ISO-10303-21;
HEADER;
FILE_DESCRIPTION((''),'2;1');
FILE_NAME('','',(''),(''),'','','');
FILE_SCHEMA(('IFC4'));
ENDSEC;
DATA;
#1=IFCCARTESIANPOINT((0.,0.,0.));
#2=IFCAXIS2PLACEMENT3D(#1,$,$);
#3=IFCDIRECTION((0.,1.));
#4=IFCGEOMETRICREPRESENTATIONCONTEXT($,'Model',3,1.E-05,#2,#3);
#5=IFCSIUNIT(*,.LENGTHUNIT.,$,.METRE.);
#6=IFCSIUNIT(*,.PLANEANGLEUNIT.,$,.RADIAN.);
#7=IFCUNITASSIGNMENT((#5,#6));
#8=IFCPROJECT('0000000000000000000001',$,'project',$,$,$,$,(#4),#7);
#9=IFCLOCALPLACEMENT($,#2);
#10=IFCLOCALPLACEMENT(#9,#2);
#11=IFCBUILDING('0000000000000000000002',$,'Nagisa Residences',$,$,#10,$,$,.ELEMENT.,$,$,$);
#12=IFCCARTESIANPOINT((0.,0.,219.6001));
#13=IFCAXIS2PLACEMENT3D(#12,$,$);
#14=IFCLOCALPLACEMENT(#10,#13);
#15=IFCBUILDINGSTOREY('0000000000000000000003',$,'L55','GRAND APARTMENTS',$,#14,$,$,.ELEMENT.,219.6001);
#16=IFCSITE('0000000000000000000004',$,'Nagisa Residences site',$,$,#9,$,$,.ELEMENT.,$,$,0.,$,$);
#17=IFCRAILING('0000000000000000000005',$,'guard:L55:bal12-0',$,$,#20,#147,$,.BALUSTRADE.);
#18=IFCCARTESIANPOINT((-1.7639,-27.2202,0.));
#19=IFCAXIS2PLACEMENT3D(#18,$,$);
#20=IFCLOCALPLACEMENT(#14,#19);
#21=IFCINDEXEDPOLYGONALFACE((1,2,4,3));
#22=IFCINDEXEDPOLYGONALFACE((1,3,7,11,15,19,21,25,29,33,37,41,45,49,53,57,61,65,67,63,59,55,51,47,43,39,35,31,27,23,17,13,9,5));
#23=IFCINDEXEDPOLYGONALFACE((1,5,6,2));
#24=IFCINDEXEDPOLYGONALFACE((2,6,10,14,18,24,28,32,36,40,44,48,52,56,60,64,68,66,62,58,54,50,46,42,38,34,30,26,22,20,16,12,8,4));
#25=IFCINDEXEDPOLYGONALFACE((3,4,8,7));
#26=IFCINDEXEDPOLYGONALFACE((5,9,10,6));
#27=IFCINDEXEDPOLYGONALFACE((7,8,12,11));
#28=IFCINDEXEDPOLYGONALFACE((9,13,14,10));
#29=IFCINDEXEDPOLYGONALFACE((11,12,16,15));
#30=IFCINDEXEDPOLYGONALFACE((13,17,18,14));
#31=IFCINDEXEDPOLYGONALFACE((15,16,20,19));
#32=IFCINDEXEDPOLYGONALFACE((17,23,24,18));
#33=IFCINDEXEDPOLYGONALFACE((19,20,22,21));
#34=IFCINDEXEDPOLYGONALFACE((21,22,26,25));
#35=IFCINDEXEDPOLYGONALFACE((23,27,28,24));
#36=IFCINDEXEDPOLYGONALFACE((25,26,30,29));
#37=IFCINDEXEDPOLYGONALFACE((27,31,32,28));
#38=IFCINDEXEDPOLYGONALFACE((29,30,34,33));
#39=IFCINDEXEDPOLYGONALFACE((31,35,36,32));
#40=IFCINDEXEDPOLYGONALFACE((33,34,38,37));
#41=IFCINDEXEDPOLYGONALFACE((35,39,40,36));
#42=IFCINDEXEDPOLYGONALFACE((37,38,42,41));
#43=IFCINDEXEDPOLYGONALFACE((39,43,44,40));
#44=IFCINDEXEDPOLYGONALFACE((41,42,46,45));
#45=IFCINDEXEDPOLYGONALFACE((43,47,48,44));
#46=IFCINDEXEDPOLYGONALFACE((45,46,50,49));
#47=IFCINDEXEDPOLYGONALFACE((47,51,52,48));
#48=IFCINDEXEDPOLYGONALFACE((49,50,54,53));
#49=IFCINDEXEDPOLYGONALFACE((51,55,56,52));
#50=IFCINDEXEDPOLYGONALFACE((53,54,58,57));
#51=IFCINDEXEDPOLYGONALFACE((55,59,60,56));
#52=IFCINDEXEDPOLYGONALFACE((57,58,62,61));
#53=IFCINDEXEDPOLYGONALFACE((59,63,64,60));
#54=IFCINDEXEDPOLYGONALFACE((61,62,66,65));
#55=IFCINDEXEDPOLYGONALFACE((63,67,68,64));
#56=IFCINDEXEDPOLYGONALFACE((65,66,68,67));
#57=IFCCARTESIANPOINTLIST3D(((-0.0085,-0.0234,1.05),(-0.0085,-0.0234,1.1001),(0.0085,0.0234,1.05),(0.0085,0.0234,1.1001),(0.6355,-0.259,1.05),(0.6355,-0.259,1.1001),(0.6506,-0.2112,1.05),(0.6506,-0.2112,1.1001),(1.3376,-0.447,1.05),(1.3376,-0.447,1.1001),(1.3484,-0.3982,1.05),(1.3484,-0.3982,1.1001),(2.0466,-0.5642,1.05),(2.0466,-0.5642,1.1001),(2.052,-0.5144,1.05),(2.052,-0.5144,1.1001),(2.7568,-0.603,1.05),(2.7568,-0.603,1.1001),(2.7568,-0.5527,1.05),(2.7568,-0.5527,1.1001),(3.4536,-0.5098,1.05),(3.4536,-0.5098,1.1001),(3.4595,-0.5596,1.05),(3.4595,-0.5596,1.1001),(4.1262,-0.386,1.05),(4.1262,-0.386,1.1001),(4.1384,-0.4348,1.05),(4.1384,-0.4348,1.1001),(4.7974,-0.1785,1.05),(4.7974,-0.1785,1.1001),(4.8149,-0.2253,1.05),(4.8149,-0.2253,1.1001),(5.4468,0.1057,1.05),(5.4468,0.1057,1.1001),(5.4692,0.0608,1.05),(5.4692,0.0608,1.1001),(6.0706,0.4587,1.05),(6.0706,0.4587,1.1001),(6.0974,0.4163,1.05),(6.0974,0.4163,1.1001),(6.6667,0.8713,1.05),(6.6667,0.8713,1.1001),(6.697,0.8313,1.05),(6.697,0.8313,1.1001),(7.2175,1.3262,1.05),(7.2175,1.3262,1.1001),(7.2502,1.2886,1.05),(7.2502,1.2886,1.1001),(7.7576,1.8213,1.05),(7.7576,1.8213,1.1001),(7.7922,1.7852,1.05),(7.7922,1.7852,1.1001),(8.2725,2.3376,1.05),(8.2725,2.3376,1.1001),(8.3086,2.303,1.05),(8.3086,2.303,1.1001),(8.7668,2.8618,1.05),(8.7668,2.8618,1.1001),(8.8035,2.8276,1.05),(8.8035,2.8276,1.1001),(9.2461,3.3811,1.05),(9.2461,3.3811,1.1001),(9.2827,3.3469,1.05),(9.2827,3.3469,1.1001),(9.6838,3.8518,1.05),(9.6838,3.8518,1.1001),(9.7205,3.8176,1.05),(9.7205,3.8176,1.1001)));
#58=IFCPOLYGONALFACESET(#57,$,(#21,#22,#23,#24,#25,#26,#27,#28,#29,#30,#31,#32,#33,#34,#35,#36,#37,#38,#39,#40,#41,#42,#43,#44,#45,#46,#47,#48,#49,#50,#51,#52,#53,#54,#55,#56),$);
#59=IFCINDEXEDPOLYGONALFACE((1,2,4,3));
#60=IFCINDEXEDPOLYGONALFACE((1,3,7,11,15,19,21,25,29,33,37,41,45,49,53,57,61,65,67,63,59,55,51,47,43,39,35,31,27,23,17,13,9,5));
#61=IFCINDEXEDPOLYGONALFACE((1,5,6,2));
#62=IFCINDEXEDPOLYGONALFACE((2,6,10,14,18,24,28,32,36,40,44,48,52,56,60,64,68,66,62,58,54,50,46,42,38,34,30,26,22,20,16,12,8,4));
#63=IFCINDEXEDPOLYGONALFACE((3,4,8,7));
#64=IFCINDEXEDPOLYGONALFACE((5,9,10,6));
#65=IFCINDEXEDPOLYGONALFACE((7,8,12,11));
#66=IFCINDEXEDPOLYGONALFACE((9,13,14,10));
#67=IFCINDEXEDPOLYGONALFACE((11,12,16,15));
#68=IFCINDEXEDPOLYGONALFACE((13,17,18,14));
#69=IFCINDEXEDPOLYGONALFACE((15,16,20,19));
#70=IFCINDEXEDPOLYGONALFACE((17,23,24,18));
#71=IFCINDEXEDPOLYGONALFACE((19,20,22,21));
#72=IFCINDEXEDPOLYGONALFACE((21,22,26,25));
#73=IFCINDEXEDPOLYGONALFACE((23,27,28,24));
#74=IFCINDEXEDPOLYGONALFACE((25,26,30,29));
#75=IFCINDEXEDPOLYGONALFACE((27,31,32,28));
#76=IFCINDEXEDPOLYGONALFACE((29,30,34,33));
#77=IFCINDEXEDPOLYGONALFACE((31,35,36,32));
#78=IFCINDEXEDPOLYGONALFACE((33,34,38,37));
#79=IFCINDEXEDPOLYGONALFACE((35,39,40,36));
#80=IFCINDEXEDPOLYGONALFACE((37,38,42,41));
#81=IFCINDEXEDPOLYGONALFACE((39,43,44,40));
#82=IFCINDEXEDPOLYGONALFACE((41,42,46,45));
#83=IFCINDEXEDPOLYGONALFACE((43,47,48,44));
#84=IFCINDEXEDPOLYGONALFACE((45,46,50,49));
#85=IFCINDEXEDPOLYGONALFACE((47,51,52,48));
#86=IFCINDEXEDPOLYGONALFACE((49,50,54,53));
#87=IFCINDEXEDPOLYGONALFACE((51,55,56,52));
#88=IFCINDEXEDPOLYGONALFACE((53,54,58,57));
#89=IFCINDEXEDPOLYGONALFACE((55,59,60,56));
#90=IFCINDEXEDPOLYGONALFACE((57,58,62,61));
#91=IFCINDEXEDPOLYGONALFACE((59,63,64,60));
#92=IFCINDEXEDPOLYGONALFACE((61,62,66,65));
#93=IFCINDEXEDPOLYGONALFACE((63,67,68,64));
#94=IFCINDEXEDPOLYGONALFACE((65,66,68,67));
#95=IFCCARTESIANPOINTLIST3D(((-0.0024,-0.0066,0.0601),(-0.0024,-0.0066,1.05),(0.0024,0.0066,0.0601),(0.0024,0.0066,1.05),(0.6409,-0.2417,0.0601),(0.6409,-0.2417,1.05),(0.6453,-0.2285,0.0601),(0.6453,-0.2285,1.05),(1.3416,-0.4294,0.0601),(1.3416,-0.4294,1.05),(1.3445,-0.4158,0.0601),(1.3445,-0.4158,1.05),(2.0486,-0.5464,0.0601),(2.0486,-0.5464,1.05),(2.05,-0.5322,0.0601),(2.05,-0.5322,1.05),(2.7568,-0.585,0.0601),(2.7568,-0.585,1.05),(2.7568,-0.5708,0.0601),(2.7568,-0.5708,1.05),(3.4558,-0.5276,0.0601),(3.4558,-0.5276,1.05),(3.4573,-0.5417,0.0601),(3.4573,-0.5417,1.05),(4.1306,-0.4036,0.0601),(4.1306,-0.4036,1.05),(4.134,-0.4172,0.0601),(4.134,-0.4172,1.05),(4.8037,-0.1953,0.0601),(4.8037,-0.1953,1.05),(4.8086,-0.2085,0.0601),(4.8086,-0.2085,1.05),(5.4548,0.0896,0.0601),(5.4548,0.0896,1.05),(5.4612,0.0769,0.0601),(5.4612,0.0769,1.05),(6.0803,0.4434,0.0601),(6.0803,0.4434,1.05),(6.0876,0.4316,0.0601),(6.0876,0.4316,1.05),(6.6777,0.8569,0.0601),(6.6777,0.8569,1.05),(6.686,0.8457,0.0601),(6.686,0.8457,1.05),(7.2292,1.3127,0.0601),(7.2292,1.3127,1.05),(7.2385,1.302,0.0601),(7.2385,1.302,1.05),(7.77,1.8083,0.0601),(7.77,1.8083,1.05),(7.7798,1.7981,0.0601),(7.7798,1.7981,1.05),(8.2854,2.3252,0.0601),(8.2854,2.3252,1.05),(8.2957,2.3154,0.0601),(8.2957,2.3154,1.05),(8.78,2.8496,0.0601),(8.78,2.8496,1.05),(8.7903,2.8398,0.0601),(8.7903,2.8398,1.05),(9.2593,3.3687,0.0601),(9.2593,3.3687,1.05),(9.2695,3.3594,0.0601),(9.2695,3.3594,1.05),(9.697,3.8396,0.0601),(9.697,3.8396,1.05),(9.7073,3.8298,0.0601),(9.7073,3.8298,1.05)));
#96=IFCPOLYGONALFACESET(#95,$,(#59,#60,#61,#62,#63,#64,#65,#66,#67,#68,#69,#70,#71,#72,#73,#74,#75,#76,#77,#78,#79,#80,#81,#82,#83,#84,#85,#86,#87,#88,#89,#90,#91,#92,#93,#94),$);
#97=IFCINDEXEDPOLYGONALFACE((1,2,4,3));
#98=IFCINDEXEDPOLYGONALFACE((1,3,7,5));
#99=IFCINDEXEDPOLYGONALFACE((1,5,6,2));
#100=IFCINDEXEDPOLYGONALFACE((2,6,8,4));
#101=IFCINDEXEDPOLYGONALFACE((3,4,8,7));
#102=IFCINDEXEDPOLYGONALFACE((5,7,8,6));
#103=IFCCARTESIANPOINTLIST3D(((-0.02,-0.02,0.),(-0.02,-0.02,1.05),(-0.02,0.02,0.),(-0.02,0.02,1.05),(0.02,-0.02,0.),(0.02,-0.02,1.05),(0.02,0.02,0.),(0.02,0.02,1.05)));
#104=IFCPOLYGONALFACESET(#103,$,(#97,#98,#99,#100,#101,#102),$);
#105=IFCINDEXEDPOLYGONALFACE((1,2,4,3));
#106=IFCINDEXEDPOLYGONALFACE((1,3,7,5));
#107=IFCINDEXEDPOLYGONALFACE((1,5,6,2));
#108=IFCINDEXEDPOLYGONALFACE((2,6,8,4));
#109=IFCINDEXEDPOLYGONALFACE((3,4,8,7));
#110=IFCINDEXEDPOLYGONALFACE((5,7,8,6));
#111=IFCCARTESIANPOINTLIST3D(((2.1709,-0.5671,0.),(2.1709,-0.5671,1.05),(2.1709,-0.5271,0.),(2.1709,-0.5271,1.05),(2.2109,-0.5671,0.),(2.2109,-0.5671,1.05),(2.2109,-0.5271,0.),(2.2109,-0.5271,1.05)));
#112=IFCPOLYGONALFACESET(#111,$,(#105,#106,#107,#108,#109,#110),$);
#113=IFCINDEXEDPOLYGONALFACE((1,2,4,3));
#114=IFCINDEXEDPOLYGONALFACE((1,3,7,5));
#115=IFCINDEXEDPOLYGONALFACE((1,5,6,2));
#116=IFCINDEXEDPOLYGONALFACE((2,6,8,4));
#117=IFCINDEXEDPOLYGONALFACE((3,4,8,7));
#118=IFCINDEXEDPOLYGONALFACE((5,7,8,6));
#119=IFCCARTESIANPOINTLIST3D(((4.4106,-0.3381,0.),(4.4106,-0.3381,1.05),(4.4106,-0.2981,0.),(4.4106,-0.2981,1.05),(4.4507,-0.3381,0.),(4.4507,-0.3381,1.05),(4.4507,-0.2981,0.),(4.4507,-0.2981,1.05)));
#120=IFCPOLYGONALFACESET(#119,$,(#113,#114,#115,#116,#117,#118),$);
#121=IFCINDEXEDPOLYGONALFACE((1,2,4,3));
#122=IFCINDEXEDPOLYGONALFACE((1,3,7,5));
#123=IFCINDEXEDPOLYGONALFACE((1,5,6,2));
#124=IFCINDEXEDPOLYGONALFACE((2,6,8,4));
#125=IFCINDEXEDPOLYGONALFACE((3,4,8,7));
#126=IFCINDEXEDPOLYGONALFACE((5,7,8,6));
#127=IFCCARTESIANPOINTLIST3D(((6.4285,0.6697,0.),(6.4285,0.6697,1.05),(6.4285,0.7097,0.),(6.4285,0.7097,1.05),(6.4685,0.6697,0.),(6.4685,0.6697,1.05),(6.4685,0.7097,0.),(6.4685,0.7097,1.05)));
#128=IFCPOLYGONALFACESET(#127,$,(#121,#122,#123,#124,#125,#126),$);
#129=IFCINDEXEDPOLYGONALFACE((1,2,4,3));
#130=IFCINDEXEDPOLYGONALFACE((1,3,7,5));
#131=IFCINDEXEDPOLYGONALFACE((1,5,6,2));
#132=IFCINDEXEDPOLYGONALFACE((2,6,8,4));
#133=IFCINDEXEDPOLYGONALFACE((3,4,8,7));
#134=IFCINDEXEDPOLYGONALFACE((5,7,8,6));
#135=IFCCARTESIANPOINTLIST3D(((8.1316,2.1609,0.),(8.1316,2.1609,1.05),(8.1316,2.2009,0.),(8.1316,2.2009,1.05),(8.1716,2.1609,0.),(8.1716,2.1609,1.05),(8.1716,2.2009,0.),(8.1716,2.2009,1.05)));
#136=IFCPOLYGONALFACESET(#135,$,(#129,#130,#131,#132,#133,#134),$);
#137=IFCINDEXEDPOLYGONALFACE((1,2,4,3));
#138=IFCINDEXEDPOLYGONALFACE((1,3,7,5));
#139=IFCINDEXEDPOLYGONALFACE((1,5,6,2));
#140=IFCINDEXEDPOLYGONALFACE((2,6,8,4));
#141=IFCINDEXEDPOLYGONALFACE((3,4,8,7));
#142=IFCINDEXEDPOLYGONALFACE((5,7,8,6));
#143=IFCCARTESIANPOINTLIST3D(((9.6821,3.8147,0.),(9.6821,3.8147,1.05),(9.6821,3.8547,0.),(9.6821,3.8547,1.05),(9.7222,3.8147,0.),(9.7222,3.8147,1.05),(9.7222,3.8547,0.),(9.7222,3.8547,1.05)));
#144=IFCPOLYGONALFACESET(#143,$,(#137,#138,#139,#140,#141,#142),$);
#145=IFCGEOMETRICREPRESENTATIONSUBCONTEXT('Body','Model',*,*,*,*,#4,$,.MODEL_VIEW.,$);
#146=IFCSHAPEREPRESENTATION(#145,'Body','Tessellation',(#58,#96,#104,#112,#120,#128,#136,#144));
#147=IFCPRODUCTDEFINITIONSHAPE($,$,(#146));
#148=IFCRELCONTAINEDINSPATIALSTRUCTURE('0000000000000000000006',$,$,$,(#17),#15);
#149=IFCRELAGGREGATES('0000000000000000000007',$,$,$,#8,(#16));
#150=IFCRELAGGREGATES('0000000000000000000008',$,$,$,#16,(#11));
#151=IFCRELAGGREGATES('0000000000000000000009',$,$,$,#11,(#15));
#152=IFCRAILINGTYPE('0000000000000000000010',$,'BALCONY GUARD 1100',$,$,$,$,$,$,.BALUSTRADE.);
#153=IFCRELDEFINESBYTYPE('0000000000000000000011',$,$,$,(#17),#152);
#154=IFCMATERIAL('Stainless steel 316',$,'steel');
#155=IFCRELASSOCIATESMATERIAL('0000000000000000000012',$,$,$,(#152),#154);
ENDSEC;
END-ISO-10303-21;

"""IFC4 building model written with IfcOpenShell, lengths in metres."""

from ifc_helpers import new_model, si_unit, direction, frame, origin, origin_2d, place, context, subcontext, project, spatial, polyline, rectangle, outline, extrude, material, type_object, element, save


model = new_model("IFC4")

# Units and contexts
model_context = context("Model", 3, precision=1e-05, world=origin(), true_north=direction((0.0, 1.0)))
body_context = subcontext(model_context, "Body", "Model", "MODEL_VIEW")
ifc_project = project(units=[si_unit("LENGTHUNIT", "METRE"), si_unit("PLANEANGLEUNIT", "RADIAN")], contexts=[model_context])

# Site, building, storey
site_placement = place(None, origin())
site = spatial("IfcSite", under=ifc_project, at=site_placement, Name="Nagisa Residences site", CompositionType="ELEMENT", RefElevation=0.0)
building_placement = place(site_placement, origin())
building = spatial("IfcBuilding", under=site, at=building_placement, Name="Nagisa Residences", CompositionType="ELEMENT")
storey_placement = place(building_placement, frame((0.0, 0.0, 219.6001)))
storey = spatial("IfcBuildingStorey", under=building, at=storey_placement, Name="L55", Description="GRAND APARTMENTS", CompositionType="ELEMENT", Elevation=219.6001)

# Railing
ifc_material_1 = material(Name="Stainless steel 316", Category="steel")
railing_type = type_object("IfcRailingType", Name="BALCONY GUARD 1100", PredefinedType="BALUSTRADE", material=ifc_material_1)
railing_placement = place(storey_placement, frame((-1.7639, -27.2202, 0.0)))
element("IfcRailing", 1, at=railing_placement, inside=storey, type_object=railing_type, Name="guard:L55:bal12-0", PredefinedType="BALUSTRADE", context=body_context, shape_type="SweptSolid", body=[
    extrude(outline(polyline([(0.6506, -0.2112), (0.0085, 0.0234), (-0.0085, -0.0234), (0.6355, -0.259), (1.3376, -0.447), (2.0466, -0.5642), (2.7568, -0.603), (3.4595, -0.5596), (4.1384, -0.4348), (4.8149, -0.2253), (5.4692, 0.0608), (6.0974, 0.4163), (6.697, 0.8313), (7.2502, 1.2886), (7.7922, 1.7852), (8.3086, 2.303), (8.8035, 2.8276), (9.2827, 3.3469), (9.7205, 3.8176), (9.6838, 3.8518), (9.2461, 3.3811), (8.7668, 2.8618), (8.2725, 2.3376), (7.7576, 1.8213), (7.2175, 1.3262), (6.6667, 0.8713), (6.0706, 0.4587), (5.4468, 0.1057), (4.7974, -0.1785), (4.1262, -0.386), (3.4536, -0.5098), (2.7568, -0.5527), (2.052, -0.5144), (1.3484, -0.3982), (0.6506, -0.2112)])), frame((0.0, 0.0, 1.05)), (0.0, 0.0, 1.0), 0.05),
    extrude(outline(polyline([(0.6453, -0.2285), (0.0024, 0.0066), (-0.0024, -0.0066), (0.6409, -0.2417), (1.3416, -0.4294), (2.0486, -0.5464), (2.7568, -0.585), (3.4573, -0.5417), (4.134, -0.4172), (4.8086, -0.2085), (5.4612, 0.0769), (6.0876, 0.4316), (6.686, 0.8457), (7.2385, 1.302), (7.7798, 1.7981), (8.2957, 2.3154), (8.7903, 2.8398), (9.2695, 3.3594), (9.7073, 3.8298), (9.697, 3.8396), (9.2593, 3.3687), (8.78, 2.8496), (8.2854, 2.3252), (7.77, 1.8083), (7.2292, 1.3127), (6.6777, 0.8569), (6.0803, 0.4434), (5.4548, 0.0896), (4.8037, -0.1953), (4.1306, -0.4036), (3.4558, -0.5276), (2.7568, -0.5708), (2.05, -0.5322), (1.3445, -0.4158), (0.6453, -0.2285)])), frame((0.0, 0.0, 0.0601)), (0.0, 0.0, 1.0), 0.99),
    extrude(rectangle(XDim=0.04, YDim=0.04, at=origin_2d()), origin(), (0.0, 0.0, 1.0), 1.05),
    extrude(rectangle(XDim=0.04, YDim=0.04, at=origin_2d()), frame((2.1909, -0.5471, 0.0)), (0.0, 0.0, 1.0), 1.05),
    extrude(rectangle(XDim=0.04, YDim=0.04, at=origin_2d()), frame((4.4307, -0.3181, 0.0)), (0.0, 0.0, 1.0), 1.05),
    extrude(rectangle(XDim=0.04, YDim=0.04, at=origin_2d()), frame((6.4485, 0.6897, 0.0)), (0.0, 0.0, 1.0), 1.05),
    extrude(rectangle(XDim=0.04, YDim=0.04, at=origin_2d()), frame((8.1516, 2.1809, 0.0)), (0.0, 0.0, 1.0), 1.05),
    extrude(rectangle(XDim=0.04, YDim=0.04, at=origin_2d()), frame((9.7021, 3.8347, 0.0)), (0.0, 0.0, 1.0), 1.05),
])

save(model, "model.ifc")
